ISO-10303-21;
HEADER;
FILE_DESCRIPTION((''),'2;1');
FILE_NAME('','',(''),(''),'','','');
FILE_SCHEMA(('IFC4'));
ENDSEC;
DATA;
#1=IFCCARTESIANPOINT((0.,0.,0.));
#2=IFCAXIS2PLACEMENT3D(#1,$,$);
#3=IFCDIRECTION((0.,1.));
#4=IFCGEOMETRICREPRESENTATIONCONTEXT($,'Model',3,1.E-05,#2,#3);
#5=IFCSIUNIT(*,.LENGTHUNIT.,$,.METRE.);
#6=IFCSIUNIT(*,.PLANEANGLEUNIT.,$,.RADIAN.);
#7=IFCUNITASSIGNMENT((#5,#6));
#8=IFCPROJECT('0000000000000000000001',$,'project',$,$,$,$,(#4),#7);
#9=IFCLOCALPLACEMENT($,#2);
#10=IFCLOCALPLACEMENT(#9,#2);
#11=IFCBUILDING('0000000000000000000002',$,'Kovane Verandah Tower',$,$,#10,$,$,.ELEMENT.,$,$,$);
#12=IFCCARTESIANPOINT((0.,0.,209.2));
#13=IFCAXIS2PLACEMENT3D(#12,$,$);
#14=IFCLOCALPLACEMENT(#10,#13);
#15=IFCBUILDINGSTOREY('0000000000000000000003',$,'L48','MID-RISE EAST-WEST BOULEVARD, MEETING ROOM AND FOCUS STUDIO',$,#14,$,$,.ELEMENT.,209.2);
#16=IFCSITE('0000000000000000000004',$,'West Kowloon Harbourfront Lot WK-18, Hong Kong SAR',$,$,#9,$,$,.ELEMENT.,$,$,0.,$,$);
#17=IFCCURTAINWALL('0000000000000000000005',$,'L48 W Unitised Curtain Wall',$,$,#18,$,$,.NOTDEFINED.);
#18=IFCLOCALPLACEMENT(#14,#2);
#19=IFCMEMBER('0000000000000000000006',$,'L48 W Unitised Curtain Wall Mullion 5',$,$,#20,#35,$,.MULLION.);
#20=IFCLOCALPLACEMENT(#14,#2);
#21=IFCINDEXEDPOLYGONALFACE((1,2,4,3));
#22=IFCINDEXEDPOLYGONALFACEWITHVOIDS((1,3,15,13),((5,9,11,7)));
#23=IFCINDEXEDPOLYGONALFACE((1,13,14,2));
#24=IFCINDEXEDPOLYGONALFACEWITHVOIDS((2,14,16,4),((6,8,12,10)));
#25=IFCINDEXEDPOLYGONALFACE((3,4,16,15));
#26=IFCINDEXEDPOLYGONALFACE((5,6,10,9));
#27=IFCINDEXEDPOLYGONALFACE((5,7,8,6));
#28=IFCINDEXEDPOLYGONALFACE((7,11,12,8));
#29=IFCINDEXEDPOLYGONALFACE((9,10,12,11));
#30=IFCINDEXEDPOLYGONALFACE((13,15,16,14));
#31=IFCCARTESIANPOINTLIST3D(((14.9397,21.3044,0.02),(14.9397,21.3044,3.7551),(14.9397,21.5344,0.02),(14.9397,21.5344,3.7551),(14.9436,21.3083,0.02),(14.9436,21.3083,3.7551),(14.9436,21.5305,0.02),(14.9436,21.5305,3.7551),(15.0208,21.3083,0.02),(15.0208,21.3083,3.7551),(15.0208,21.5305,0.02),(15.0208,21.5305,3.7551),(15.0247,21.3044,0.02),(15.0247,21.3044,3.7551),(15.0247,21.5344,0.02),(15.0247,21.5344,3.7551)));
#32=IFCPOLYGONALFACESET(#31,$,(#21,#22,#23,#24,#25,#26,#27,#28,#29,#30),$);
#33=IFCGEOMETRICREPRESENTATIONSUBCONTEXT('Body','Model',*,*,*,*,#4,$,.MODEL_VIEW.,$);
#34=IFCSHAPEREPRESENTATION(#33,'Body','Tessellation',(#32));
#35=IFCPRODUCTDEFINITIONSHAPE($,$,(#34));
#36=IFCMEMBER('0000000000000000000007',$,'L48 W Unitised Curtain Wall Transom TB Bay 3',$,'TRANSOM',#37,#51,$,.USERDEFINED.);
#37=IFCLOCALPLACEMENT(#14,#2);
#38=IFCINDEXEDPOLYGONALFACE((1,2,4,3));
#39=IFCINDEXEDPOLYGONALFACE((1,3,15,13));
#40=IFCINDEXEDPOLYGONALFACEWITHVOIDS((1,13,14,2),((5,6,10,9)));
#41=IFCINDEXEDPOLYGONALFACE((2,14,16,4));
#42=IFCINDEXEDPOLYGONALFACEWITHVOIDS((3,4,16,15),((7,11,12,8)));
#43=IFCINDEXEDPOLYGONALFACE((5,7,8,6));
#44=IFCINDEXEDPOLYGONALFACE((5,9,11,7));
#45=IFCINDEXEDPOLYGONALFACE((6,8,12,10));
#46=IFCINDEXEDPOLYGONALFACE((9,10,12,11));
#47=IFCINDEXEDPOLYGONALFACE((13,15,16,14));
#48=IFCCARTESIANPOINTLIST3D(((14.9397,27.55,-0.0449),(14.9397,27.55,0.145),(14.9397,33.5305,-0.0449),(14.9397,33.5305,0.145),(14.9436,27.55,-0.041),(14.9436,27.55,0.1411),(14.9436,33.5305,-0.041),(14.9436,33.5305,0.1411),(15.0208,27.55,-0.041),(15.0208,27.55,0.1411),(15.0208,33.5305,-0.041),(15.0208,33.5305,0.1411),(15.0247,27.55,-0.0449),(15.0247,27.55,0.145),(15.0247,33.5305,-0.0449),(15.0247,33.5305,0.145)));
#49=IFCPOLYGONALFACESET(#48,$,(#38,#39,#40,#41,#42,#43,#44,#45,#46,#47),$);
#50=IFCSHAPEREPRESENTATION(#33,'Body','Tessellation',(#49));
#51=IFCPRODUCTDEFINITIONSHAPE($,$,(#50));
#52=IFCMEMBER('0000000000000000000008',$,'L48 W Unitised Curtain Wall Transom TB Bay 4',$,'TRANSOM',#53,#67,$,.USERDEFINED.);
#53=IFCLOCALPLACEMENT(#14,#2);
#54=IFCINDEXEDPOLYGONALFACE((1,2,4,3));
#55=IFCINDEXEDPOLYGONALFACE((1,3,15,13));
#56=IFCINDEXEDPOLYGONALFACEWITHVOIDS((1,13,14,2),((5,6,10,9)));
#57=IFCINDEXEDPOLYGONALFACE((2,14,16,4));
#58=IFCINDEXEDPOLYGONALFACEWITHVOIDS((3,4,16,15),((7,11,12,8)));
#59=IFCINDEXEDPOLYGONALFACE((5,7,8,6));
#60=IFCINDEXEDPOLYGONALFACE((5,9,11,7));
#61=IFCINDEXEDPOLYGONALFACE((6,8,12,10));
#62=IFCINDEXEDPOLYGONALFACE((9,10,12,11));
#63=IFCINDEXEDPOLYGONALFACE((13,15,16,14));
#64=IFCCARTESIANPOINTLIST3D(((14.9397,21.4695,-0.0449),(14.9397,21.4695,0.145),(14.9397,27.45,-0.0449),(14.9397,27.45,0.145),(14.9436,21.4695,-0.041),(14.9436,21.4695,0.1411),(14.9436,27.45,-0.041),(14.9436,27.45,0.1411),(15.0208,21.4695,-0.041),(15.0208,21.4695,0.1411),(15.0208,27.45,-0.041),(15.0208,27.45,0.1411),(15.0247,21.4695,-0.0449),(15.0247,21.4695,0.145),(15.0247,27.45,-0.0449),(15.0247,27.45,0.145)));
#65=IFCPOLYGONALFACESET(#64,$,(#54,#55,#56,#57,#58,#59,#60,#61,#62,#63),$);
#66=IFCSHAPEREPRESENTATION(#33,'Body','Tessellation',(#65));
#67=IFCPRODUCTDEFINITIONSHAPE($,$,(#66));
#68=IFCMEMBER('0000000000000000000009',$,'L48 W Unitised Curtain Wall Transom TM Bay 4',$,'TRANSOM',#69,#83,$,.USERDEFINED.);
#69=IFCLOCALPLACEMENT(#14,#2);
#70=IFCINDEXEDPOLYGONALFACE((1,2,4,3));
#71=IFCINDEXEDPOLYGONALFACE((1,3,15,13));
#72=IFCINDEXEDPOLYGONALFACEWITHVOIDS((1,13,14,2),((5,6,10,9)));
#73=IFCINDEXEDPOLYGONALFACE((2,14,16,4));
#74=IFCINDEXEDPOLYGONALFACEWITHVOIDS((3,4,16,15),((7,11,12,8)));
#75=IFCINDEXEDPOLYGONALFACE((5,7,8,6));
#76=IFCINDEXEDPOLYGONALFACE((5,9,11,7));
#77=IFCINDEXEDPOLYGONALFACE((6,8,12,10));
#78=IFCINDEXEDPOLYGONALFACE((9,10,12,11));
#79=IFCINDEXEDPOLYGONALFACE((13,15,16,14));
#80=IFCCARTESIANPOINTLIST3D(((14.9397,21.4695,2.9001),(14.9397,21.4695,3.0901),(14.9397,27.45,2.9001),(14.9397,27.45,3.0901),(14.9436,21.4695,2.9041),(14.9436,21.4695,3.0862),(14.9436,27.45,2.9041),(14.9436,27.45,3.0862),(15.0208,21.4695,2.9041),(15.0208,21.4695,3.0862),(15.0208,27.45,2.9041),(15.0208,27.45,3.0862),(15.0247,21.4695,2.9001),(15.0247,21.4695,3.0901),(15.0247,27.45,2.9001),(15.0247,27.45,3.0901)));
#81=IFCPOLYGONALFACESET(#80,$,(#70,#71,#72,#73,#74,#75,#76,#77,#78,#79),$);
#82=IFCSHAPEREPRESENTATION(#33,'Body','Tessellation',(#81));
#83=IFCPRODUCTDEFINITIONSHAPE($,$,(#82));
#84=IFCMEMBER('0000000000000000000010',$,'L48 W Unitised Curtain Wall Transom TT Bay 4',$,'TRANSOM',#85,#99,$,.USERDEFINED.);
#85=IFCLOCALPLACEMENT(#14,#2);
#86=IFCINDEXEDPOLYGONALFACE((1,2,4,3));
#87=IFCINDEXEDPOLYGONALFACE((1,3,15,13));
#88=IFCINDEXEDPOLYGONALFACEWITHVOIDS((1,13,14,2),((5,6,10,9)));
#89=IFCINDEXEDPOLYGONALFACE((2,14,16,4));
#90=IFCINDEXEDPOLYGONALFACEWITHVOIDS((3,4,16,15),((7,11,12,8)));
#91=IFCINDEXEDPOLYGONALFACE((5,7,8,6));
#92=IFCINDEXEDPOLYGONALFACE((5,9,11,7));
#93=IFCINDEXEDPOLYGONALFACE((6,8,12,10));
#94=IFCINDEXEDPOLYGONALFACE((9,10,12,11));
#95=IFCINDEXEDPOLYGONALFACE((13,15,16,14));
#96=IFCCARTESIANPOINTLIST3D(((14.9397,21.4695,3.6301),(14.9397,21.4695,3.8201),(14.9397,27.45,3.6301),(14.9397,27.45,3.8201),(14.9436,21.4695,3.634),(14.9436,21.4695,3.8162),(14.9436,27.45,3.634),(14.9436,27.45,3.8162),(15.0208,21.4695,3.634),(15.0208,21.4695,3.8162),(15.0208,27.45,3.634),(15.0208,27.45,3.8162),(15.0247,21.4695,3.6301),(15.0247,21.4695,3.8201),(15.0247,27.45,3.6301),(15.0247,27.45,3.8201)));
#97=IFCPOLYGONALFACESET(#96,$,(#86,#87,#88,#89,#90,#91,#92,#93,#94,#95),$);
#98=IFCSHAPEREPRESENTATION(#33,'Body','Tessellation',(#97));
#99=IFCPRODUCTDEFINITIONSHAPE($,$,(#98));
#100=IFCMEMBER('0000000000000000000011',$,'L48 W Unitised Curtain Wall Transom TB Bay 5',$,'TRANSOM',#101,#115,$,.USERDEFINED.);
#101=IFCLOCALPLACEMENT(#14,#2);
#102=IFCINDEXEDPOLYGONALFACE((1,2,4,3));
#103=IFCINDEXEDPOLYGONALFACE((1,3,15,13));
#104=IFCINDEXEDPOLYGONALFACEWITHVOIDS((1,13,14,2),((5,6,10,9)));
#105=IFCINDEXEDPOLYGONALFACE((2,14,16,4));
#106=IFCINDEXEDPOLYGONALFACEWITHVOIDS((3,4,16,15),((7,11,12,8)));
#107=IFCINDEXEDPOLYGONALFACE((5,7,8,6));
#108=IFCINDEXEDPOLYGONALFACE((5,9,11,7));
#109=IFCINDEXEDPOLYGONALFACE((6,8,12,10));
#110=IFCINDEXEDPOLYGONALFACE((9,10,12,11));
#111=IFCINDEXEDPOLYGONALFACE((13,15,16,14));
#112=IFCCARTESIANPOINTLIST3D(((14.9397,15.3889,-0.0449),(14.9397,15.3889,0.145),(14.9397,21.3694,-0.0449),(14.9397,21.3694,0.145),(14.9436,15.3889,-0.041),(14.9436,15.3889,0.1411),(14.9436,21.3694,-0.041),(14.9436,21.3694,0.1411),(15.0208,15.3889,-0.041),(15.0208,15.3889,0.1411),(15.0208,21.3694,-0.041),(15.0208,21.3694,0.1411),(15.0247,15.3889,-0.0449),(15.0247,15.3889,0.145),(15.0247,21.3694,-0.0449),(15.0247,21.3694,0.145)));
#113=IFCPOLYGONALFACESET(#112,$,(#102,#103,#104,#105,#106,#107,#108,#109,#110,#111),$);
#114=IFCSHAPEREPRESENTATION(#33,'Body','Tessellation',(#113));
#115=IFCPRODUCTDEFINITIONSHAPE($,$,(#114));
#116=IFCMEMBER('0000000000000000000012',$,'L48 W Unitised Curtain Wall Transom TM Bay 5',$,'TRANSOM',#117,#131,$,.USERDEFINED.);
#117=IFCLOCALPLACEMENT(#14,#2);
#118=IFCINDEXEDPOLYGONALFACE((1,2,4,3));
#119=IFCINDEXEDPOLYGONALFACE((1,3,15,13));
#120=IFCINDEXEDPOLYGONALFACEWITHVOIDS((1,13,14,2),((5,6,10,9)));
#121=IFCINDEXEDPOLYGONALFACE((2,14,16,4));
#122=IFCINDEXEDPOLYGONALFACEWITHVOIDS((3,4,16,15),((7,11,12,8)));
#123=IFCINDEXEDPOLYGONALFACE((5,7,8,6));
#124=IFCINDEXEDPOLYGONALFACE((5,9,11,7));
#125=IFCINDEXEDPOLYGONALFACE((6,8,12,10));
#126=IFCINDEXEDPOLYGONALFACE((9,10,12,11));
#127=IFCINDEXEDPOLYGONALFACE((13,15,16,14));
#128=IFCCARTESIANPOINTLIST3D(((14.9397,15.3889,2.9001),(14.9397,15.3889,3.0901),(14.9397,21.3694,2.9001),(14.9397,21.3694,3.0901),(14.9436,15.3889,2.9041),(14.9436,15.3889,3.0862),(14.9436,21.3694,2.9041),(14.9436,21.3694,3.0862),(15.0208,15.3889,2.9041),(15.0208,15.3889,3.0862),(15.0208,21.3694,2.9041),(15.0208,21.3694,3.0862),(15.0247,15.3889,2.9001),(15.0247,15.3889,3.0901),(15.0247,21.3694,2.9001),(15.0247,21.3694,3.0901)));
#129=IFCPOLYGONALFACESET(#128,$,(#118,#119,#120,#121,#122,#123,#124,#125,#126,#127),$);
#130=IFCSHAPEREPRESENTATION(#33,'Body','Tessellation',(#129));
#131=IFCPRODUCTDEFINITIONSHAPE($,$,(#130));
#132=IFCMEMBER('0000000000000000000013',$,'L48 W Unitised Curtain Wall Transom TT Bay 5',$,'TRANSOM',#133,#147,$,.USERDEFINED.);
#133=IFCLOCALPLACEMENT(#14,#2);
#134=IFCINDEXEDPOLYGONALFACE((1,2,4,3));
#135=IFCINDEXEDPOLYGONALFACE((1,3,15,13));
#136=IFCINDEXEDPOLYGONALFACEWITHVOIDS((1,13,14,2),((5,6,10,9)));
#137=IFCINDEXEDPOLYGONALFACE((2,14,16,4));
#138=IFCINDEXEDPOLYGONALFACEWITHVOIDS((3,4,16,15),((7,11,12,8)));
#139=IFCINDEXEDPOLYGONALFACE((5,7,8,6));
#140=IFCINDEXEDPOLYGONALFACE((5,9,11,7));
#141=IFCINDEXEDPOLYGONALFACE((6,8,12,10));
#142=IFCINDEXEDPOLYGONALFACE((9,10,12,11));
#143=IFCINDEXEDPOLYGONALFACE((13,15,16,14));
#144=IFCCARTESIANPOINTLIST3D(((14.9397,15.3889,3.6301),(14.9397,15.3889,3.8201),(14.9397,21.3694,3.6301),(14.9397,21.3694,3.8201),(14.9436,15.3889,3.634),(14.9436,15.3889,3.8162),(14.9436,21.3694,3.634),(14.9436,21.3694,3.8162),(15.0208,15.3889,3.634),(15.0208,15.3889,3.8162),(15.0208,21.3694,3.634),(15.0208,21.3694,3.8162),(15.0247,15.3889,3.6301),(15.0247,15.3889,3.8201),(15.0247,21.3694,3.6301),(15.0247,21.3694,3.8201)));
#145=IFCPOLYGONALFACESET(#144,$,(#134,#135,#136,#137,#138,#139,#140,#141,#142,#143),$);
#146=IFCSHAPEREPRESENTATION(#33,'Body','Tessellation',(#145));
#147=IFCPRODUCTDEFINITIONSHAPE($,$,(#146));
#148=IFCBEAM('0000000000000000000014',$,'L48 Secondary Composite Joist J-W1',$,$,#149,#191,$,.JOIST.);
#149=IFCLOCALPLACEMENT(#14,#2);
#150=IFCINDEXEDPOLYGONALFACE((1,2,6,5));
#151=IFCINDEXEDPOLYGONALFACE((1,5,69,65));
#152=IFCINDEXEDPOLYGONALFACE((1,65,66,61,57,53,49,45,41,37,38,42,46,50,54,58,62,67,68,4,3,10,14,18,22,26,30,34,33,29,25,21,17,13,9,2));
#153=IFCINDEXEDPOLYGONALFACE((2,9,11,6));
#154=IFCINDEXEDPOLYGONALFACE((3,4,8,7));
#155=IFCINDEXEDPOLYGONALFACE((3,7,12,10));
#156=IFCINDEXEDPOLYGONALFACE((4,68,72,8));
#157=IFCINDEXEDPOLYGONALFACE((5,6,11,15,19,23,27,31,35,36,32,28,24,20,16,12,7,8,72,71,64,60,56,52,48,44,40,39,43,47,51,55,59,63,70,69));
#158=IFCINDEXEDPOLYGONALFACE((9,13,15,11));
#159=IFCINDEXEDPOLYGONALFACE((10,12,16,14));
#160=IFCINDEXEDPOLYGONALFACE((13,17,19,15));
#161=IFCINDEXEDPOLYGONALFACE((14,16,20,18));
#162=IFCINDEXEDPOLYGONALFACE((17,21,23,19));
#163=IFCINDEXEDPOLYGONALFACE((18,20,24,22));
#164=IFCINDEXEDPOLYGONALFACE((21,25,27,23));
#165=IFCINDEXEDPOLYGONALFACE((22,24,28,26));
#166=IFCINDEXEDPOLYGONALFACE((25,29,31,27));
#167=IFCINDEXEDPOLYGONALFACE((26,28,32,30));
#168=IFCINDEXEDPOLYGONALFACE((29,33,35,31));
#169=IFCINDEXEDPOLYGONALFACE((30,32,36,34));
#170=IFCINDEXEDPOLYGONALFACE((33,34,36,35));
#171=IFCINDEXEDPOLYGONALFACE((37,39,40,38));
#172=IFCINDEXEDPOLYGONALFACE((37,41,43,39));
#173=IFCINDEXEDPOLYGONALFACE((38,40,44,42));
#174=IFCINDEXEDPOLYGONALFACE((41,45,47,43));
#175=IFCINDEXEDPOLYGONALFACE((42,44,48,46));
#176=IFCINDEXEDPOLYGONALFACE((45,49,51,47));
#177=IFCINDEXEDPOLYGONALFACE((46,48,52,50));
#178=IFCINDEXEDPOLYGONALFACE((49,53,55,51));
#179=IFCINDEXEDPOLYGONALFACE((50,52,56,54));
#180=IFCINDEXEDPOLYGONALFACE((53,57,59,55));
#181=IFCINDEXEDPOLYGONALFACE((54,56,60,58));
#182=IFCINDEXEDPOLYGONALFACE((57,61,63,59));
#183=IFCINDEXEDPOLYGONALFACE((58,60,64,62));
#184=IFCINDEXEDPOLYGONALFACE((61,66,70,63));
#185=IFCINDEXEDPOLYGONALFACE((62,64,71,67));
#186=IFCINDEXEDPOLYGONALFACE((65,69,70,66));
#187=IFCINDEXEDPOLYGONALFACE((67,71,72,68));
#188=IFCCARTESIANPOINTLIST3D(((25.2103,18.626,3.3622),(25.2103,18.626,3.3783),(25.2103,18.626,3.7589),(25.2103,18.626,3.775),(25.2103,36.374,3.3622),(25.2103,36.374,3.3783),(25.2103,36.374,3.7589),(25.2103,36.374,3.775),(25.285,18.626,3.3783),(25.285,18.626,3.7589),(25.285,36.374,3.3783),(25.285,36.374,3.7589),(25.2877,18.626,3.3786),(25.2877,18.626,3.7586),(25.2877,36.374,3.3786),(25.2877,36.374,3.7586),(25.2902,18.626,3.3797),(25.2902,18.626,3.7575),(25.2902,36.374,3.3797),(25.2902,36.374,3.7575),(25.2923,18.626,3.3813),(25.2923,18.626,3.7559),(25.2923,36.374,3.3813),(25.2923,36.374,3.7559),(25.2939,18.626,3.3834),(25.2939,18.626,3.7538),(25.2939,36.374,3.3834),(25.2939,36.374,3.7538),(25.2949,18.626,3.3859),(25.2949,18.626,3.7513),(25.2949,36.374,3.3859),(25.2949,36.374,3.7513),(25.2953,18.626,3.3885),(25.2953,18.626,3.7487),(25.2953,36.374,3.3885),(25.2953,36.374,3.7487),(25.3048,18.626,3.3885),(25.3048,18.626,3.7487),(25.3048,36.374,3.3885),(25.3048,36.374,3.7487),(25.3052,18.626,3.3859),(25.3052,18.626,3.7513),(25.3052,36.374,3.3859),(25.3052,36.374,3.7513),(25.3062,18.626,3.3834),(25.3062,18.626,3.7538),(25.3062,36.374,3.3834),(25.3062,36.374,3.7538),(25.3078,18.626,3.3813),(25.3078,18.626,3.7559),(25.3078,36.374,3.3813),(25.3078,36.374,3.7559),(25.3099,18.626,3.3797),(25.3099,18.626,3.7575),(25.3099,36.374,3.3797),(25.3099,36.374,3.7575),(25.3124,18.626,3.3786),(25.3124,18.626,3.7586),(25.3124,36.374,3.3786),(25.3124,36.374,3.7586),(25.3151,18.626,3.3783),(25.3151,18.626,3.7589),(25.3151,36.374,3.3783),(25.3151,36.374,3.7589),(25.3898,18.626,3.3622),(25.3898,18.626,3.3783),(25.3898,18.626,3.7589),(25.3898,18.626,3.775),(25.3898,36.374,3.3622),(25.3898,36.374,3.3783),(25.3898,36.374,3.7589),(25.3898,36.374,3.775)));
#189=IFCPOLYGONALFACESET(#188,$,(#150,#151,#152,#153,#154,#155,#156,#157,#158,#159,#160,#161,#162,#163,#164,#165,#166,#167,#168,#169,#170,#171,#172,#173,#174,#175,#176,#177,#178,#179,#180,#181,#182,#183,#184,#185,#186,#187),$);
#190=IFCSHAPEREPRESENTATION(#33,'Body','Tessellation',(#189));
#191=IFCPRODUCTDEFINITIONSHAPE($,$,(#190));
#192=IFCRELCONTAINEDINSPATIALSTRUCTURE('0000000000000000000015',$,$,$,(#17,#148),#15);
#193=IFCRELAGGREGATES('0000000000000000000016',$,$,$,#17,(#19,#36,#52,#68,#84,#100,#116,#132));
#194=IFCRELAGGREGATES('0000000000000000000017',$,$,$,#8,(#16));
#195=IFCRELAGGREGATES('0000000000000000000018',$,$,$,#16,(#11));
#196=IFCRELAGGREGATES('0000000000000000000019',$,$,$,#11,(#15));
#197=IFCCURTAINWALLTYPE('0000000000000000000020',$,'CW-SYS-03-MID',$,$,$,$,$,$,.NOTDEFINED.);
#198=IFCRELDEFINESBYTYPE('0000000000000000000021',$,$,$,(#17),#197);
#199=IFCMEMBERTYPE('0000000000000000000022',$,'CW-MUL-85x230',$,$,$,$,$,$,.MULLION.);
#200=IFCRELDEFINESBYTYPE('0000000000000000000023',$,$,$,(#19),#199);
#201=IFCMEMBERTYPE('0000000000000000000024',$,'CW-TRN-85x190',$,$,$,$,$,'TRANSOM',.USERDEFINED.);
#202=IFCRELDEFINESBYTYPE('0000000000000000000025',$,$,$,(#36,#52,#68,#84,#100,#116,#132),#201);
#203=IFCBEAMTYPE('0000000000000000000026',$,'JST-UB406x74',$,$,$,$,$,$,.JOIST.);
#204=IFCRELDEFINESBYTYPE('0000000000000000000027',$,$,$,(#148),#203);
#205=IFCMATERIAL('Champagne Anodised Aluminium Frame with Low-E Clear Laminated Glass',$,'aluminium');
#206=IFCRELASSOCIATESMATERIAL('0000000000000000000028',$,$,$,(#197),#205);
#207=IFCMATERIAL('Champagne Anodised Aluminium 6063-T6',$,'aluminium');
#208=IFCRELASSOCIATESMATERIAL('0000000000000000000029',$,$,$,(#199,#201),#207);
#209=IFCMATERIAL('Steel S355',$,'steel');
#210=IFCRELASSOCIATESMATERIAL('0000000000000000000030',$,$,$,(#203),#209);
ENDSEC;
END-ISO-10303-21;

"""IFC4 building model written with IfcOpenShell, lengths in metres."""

from ifc_helpers import new_model, si_unit, direction, frame, origin, origin_2d, place, context, subcontext, project, spatial, hollow_rectangle, i_section, extrude, material, material_profile, profile_set, type_object, element, aggregate, save


model = new_model("IFC4")

# Units and contexts
model_context = context("Model", 3, precision=1e-05, world=origin(), true_north=direction((0.0, 1.0)))
body_context = subcontext(model_context, "Body", "Model", "MODEL_VIEW")
ifc_project = project(units=[si_unit("LENGTHUNIT", "METRE"), si_unit("PLANEANGLEUNIT", "RADIAN")], contexts=[model_context])

# Site, building, storey
site_placement = place(None, origin())
site = spatial("IfcSite", under=ifc_project, at=site_placement, Name="West Kowloon Harbourfront Lot WK-18, Hong Kong SAR", CompositionType="ELEMENT", RefElevation=0.0)
building_placement = place(site_placement, origin())
building = spatial("IfcBuilding", under=site, at=building_placement, Name="Kovane Verandah Tower", CompositionType="ELEMENT")
storey_placement = place(building_placement, frame((0.0, 0.0, 209.2)))
storey = spatial("IfcBuildingStorey", under=building, at=storey_placement, Name="L48", Description="MID-RISE EAST-WEST BOULEVARD, MEETING ROOM AND FOCUS STUDIO", CompositionType="ELEMENT", Elevation=209.2)

# Shared definitions
ifc_material_1 = material(Name="Steel S355", Category="steel")

# Curtain wall, members
ifc_material_2 = material(Name="Champagne Anodised Aluminium Frame with Low-E Clear Laminated Glass", Category="aluminium")
curtain_wall_type = type_object("IfcCurtainWallType", Name="CW-SYS-03-MID", PredefinedType="NOTDEFINED", material=ifc_material_2)
curtain_wall_placement = place(storey_placement, origin())
curtain_wall = element("IfcCurtainWall", 1, at=curtain_wall_placement, inside=storey, type_object=curtain_wall_type, Name="L48 W Unitised Curtain Wall", PredefinedType="NOTDEFINED")
ifc_material_3 = material(Name="Champagne Anodised Aluminium 6063-T6", Category="aluminium")
ifc_material_profile_1 = material_profile(ifc_material_3, hollow_rectangle(XDim=0.085, YDim=0.23, WallThickness=0.0039, at=origin_2d()), Name="AL85x230x4")
ifc_profile_set_1 = profile_set([ifc_material_profile_1], Name="Champagne Anodised Aluminium 6063-T6")
member_type_1 = type_object("IfcMemberType", Name="CW-MUL-85x230", PredefinedType="MULLION", material=ifc_profile_set_1)
member_1_placement = place(storey_placement, frame((14.9822, 21.4194, 0.02), z_axis=(0.0, 0.0, 1.0), x_axis=(-1.0, 0.0, 0.0)))
member_1 = element("IfcMember", 2, at=member_1_placement, type_object=member_type_1, Name="L48 W Unitised Curtain Wall Mullion 5", PredefinedType="MULLION", context=body_context, shape_type="SweptSolid", body=[
    extrude(hollow_rectangle(XDim=0.085, YDim=0.23, WallThickness=0.0039, at=origin_2d()), origin(), (0.0, 0.0, 1.0), 3.7351),
])
ifc_material_profile_2 = material_profile(ifc_material_3, hollow_rectangle(XDim=0.085, YDim=0.1899, WallThickness=0.0039, at=origin_2d()), Name="AL85x190x4")
ifc_profile_set_2 = profile_set([ifc_material_profile_2], Name="Champagne Anodised Aluminium 6063-T6")
member_type_2 = type_object("IfcMemberType", Name="CW-TRN-85x190", ElementType="TRANSOM", PredefinedType="USERDEFINED", material=ifc_profile_set_2)
member_2_placement = place(storey_placement, frame((14.9822, 33.5305, 0.05), z_axis=(0.0, -1.0, 0.0), x_axis=(1.0, 0.0, 0.0)))
member_2 = element("IfcMember", 3, at=member_2_placement, type_object=member_type_2, Name="L48 W Unitised Curtain Wall Transom TB Bay 3", ObjectType="TRANSOM", PredefinedType="USERDEFINED", context=body_context, shape_type="SweptSolid", body=[
    extrude(hollow_rectangle(XDim=0.085, YDim=0.1899, WallThickness=0.0039, at=origin_2d()), origin(), (0.0, 0.0, 1.0), 5.9805),
])
member_3_placement = place(storey_placement, frame((14.9822, 27.45, 0.05), z_axis=(0.0, -1.0, 0.0), x_axis=(1.0, 0.0, 0.0)))
member_3 = element("IfcMember", 4, at=member_3_placement, type_object=member_type_2, Name="L48 W Unitised Curtain Wall Transom TB Bay 4", ObjectType="TRANSOM", PredefinedType="USERDEFINED", context=body_context, shape_type="SweptSolid", body=[
    extrude(hollow_rectangle(XDim=0.085, YDim=0.1899, WallThickness=0.0039, at=origin_2d()), origin(), (0.0, 0.0, 1.0), 5.9805),
])
member_4_placement = place(storey_placement, frame((14.9822, 27.45, 2.9951), z_axis=(0.0, -1.0, 0.0), x_axis=(1.0, 0.0, 0.0)))
member_4 = element("IfcMember", 5, at=member_4_placement, type_object=member_type_2, Name="L48 W Unitised Curtain Wall Transom TM Bay 4", ObjectType="TRANSOM", PredefinedType="USERDEFINED", context=body_context, shape_type="SweptSolid", body=[
    extrude(hollow_rectangle(XDim=0.085, YDim=0.1899, WallThickness=0.0039, at=origin_2d()), origin(), (0.0, 0.0, 1.0), 5.9805),
])
member_5_placement = place(storey_placement, frame((14.9822, 27.45, 3.7251), z_axis=(0.0, -1.0, 0.0), x_axis=(1.0, 0.0, 0.0)))
member_5 = element("IfcMember", 6, at=member_5_placement, type_object=member_type_2, Name="L48 W Unitised Curtain Wall Transom TT Bay 4", ObjectType="TRANSOM", PredefinedType="USERDEFINED", context=body_context, shape_type="SweptSolid", body=[
    extrude(hollow_rectangle(XDim=0.085, YDim=0.1899, WallThickness=0.0039, at=origin_2d()), origin(), (0.0, 0.0, 1.0), 5.9805),
])
member_6_placement = place(storey_placement, frame((14.9822, 21.3694, 0.05), z_axis=(0.0, -1.0, 0.0), x_axis=(1.0, 0.0, 0.0)))
member_6 = element("IfcMember", 7, at=member_6_placement, type_object=member_type_2, Name="L48 W Unitised Curtain Wall Transom TB Bay 5", ObjectType="TRANSOM", PredefinedType="USERDEFINED", context=body_context, shape_type="SweptSolid", body=[
    extrude(hollow_rectangle(XDim=0.085, YDim=0.1899, WallThickness=0.0039, at=origin_2d()), origin(), (0.0, 0.0, 1.0), 5.9805),
])
member_7_placement = place(storey_placement, frame((14.9822, 21.3694, 2.9951), z_axis=(0.0, -1.0, 0.0), x_axis=(1.0, 0.0, 0.0)))
member_7 = element("IfcMember", 8, at=member_7_placement, type_object=member_type_2, Name="L48 W Unitised Curtain Wall Transom TM Bay 5", ObjectType="TRANSOM", PredefinedType="USERDEFINED", context=body_context, shape_type="SweptSolid", body=[
    extrude(hollow_rectangle(XDim=0.085, YDim=0.1899, WallThickness=0.0039, at=origin_2d()), origin(), (0.0, 0.0, 1.0), 5.9805),
])
member_8_placement = place(storey_placement, frame((14.9822, 21.3694, 3.7251), z_axis=(0.0, -1.0, 0.0), x_axis=(1.0, 0.0, 0.0)))
member_8 = element("IfcMember", 9, at=member_8_placement, type_object=member_type_2, Name="L48 W Unitised Curtain Wall Transom TT Bay 5", ObjectType="TRANSOM", PredefinedType="USERDEFINED", context=body_context, shape_type="SweptSolid", body=[
    extrude(hollow_rectangle(XDim=0.085, YDim=0.1899, WallThickness=0.0039, at=origin_2d()), origin(), (0.0, 0.0, 1.0), 5.9805),
])

# Beam
ifc_material_profile_3 = material_profile(ifc_material_1, i_section(OverallWidth=0.1794, OverallDepth=0.4128, WebThickness=0.0095, FlangeThickness=0.0161, FilletRadius=0.0103, at=origin_2d()), Name="UB406x178x74")
ifc_profile_set_3 = profile_set([ifc_material_profile_3], Name="Steel S355")
beam_type_1 = type_object("IfcBeamType", Name="JST-UB406x74", PredefinedType="JOIST", material=ifc_profile_set_3)
beam_1_placement = place(storey_placement, frame((25.3, 18.626, 3.5686), z_axis=(0.0, 1.0, 0.0), x_axis=(-1.0, 0.0, 0.0)))
element("IfcBeam", 10, at=beam_1_placement, inside=storey, type_object=beam_type_1, Name="L48 Secondary Composite Joist J-W1", PredefinedType="JOIST", context=body_context, shape_type="SweptSolid", body=[
    extrude(i_section(OverallWidth=0.1794, OverallDepth=0.4128, WebThickness=0.0095, FlangeThickness=0.0161, FilletRadius=0.0103, at=origin_2d()), origin(), (0.0, 0.0, 1.0), 17.748),
])

aggregate(curtain_wall, [member_1, member_2, member_3, member_4, member_5, member_6, member_7, member_8])

save(model, "model.ifc")
